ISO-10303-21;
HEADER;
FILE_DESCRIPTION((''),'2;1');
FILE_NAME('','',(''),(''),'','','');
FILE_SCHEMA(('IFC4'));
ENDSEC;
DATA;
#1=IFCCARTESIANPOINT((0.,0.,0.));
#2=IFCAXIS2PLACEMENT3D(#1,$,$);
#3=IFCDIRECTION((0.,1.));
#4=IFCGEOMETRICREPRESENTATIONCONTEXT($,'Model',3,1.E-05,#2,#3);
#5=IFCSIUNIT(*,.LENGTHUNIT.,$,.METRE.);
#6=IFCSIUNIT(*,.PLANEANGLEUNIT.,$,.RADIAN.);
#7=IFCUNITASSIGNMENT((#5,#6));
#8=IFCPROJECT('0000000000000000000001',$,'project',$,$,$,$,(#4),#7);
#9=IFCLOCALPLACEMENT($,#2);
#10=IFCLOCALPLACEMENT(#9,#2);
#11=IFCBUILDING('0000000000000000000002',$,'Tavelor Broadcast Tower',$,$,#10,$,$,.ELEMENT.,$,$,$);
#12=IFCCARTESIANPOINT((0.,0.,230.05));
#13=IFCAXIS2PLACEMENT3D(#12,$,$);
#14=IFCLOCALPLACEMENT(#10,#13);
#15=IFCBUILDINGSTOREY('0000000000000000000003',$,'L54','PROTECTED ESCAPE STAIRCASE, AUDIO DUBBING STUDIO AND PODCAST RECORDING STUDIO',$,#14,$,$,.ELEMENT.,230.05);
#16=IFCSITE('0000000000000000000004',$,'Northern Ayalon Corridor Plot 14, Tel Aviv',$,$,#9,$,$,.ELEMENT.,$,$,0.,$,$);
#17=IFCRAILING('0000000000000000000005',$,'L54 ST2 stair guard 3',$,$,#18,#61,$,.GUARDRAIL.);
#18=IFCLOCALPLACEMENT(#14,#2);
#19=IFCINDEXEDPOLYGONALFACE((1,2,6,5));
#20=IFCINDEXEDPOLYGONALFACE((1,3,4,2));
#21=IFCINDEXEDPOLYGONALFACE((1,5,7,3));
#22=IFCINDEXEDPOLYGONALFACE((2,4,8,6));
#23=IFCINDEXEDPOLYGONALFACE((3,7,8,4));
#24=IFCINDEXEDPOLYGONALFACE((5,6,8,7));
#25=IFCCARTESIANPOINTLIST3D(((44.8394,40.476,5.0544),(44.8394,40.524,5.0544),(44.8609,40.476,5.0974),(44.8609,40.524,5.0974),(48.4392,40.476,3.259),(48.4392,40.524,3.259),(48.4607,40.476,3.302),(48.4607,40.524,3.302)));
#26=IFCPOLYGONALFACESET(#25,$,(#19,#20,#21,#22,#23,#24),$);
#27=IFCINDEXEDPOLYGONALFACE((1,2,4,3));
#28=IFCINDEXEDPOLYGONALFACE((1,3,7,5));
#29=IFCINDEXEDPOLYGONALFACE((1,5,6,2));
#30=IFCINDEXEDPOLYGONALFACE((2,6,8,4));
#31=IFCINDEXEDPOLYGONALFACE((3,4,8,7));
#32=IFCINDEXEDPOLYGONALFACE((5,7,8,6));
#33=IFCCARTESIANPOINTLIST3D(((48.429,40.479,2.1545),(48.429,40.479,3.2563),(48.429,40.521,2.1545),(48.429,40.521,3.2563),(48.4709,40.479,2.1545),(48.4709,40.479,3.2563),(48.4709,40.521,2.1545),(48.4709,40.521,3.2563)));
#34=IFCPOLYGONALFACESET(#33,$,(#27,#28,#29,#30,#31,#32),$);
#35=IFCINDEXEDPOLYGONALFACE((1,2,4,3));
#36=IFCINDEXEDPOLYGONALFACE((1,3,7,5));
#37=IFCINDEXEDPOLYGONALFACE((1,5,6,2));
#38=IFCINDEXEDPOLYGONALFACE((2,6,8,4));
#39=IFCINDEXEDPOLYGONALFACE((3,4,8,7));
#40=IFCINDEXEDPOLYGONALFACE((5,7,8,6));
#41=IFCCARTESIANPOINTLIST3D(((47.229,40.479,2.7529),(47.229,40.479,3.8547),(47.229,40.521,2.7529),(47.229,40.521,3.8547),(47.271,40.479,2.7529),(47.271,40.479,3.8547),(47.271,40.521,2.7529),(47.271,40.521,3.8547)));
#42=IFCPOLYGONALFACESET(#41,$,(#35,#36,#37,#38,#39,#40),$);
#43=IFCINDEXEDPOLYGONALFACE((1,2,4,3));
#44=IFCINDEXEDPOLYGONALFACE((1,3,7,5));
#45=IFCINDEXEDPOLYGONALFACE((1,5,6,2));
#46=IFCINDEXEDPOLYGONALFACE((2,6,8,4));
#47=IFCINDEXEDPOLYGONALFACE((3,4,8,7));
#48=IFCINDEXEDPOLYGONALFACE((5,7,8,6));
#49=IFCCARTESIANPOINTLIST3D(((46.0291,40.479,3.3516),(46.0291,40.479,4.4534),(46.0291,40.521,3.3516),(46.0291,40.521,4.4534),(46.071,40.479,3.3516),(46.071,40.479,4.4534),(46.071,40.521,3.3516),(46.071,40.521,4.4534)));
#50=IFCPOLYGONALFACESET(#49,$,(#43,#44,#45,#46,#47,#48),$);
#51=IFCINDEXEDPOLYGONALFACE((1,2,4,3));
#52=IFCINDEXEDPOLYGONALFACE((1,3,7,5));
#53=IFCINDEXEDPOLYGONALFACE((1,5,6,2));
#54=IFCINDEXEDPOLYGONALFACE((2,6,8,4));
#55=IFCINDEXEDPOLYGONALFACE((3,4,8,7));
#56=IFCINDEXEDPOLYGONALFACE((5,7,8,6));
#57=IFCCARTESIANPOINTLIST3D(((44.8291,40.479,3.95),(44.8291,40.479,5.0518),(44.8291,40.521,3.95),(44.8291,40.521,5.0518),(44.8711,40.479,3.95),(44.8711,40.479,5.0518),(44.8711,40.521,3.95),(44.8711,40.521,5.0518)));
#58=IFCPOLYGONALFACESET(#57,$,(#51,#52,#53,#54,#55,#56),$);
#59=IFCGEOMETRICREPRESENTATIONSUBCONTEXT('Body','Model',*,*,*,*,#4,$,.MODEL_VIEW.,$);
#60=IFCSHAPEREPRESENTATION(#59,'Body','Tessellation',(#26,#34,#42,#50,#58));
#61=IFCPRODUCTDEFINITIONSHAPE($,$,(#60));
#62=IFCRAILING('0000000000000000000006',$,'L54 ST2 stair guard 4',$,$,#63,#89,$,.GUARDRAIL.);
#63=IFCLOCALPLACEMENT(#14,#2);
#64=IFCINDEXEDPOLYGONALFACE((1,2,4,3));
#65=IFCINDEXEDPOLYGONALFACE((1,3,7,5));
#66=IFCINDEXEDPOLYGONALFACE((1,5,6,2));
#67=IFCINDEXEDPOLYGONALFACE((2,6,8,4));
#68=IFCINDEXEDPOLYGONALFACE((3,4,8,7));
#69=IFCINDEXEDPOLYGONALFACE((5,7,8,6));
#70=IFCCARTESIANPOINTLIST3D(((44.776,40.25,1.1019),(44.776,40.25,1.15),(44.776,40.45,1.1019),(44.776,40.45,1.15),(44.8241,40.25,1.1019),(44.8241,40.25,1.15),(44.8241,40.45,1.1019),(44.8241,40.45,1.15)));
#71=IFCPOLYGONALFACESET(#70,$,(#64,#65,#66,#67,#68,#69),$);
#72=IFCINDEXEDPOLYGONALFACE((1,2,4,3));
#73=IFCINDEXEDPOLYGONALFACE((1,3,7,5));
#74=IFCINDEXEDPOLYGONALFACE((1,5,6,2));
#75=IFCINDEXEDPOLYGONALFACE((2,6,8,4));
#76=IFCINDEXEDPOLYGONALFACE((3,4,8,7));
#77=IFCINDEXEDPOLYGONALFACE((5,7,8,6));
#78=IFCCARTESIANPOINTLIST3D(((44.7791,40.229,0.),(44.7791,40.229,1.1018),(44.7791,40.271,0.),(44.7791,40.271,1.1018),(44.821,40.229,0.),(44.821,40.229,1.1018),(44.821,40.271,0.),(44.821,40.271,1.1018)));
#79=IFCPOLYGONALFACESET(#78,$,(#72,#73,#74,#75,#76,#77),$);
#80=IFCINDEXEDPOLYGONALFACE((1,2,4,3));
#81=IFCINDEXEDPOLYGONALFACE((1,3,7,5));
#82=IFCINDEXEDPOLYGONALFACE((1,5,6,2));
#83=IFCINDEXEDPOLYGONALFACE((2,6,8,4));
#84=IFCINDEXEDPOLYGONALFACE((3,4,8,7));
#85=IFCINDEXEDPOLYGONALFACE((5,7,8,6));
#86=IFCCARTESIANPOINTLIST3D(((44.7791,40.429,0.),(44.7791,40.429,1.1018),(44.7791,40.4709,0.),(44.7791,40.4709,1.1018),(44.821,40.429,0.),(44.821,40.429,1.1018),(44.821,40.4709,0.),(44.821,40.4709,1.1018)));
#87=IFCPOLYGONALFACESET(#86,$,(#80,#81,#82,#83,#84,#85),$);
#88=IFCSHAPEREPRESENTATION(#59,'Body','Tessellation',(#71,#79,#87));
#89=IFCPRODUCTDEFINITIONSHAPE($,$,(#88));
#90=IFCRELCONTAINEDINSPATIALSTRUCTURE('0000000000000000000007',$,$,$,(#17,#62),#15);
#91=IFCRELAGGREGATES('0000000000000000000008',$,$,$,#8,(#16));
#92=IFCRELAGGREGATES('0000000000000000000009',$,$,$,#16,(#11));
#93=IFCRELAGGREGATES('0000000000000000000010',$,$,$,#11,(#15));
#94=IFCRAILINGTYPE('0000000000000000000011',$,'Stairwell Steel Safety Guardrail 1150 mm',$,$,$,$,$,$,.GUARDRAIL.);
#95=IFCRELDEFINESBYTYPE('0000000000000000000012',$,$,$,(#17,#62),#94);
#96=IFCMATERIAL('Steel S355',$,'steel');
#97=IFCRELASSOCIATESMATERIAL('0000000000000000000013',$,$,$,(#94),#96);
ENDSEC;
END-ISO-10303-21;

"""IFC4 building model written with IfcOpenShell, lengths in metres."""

from ifc_helpers import new_model, si_unit, direction, frame, origin, origin_2d, place, context, subcontext, project, spatial, rectangle, extrude, material, type_object, element, save


model = new_model("IFC4")

# Units and contexts
model_context = context("Model", 3, precision=1e-05, world=origin(), true_north=direction((0.0, 1.0)))
body_context = subcontext(model_context, "Body", "Model", "MODEL_VIEW")
ifc_project = project(units=[si_unit("LENGTHUNIT", "METRE"), si_unit("PLANEANGLEUNIT", "RADIAN")], contexts=[model_context])

# Site, building, storey
site_placement = place(None, origin())
site = spatial("IfcSite", under=ifc_project, at=site_placement, Name="Northern Ayalon Corridor Plot 14, Tel Aviv", CompositionType="ELEMENT", RefElevation=0.0)
building_placement = place(site_placement, origin())
building = spatial("IfcBuilding", under=site, at=building_placement, Name="Tavelor Broadcast Tower", CompositionType="ELEMENT")
storey_placement = place(building_placement, frame((0.0, 0.0, 230.05)))
storey = spatial("IfcBuildingStorey", under=building, at=storey_placement, Name="L54", Description="PROTECTED ESCAPE STAIRCASE, AUDIO DUBBING STUDIO AND PODCAST RECORDING STUDIO", CompositionType="ELEMENT", Elevation=230.05)

# Shared definitions
ifc_material_1 = material(Name="Steel S355", Category="steel")

# Railings
railing_type_1 = type_object("IfcRailingType", Name="Stairwell Steel Safety Guardrail 1150 mm", PredefinedType="GUARDRAIL", material=ifc_material_1)
railing_1_placement = place(storey_placement, frame((48.45, 40.5, 2.1545)))
element("IfcRailing", 1, at=railing_1_placement, inside=storey, type_object=railing_type_1, Name="L54 ST2 stair guard 3", PredefinedType="GUARDRAIL", context=body_context, shape_type="SweptSolid", body=[
    extrude(rectangle(XDim=0.0481, YDim=0.0481, at=origin_2d()), frame((0.0, 0.0, 1.126), z_axis=(-0.894876, 0.0, 0.446315), x_axis=(0.0, -1.0, 0.0)), (0.0, 0.0, 1.0), 4.0227),
    extrude(rectangle(XDim=0.042, YDim=0.042, at=origin_2d()), origin(), (0.0, 0.0, 1.0), 1.1018),
    extrude(rectangle(XDim=0.042, YDim=0.042, at=origin_2d()), frame((-1.2, 0.0, 0.5984)), (0.0, 0.0, 1.0), 1.1018),
    extrude(rectangle(XDim=0.042, YDim=0.042, at=origin_2d()), frame((-2.3999, 0.0, 1.197)), (0.0, 0.0, 1.0), 1.1018),
    extrude(rectangle(XDim=0.042, YDim=0.042, at=origin_2d()), frame((-3.5999, 0.0, 1.7954)), (0.0, 0.0, 1.0), 1.1018),
])
railing_2_placement = place(storey_placement, frame((44.8, 40.25, 0.0)))
element("IfcRailing", 2, at=railing_2_placement, inside=storey, type_object=railing_type_1, Name="L54 ST2 stair guard 4", PredefinedType="GUARDRAIL", context=body_context, shape_type="SweptSolid", body=[
    extrude(rectangle(XDim=0.0481, YDim=0.0481, at=origin_2d()), frame((0.0, 0.0, 1.126), z_axis=(0.0, 1.0, 0.0), x_axis=(-1.0, 0.0, 0.0)), (0.0, 0.0, 1.0), 0.2),
    extrude(rectangle(XDim=0.042, YDim=0.042, at=origin_2d()), origin(), (0.0, 0.0, 1.0), 1.1018),
    extrude(rectangle(XDim=0.042, YDim=0.042, at=origin_2d()), frame((0.0, 0.2, 0.0)), (0.0, 0.0, 1.0), 1.1018),
])

save(model, "model.ifc")
